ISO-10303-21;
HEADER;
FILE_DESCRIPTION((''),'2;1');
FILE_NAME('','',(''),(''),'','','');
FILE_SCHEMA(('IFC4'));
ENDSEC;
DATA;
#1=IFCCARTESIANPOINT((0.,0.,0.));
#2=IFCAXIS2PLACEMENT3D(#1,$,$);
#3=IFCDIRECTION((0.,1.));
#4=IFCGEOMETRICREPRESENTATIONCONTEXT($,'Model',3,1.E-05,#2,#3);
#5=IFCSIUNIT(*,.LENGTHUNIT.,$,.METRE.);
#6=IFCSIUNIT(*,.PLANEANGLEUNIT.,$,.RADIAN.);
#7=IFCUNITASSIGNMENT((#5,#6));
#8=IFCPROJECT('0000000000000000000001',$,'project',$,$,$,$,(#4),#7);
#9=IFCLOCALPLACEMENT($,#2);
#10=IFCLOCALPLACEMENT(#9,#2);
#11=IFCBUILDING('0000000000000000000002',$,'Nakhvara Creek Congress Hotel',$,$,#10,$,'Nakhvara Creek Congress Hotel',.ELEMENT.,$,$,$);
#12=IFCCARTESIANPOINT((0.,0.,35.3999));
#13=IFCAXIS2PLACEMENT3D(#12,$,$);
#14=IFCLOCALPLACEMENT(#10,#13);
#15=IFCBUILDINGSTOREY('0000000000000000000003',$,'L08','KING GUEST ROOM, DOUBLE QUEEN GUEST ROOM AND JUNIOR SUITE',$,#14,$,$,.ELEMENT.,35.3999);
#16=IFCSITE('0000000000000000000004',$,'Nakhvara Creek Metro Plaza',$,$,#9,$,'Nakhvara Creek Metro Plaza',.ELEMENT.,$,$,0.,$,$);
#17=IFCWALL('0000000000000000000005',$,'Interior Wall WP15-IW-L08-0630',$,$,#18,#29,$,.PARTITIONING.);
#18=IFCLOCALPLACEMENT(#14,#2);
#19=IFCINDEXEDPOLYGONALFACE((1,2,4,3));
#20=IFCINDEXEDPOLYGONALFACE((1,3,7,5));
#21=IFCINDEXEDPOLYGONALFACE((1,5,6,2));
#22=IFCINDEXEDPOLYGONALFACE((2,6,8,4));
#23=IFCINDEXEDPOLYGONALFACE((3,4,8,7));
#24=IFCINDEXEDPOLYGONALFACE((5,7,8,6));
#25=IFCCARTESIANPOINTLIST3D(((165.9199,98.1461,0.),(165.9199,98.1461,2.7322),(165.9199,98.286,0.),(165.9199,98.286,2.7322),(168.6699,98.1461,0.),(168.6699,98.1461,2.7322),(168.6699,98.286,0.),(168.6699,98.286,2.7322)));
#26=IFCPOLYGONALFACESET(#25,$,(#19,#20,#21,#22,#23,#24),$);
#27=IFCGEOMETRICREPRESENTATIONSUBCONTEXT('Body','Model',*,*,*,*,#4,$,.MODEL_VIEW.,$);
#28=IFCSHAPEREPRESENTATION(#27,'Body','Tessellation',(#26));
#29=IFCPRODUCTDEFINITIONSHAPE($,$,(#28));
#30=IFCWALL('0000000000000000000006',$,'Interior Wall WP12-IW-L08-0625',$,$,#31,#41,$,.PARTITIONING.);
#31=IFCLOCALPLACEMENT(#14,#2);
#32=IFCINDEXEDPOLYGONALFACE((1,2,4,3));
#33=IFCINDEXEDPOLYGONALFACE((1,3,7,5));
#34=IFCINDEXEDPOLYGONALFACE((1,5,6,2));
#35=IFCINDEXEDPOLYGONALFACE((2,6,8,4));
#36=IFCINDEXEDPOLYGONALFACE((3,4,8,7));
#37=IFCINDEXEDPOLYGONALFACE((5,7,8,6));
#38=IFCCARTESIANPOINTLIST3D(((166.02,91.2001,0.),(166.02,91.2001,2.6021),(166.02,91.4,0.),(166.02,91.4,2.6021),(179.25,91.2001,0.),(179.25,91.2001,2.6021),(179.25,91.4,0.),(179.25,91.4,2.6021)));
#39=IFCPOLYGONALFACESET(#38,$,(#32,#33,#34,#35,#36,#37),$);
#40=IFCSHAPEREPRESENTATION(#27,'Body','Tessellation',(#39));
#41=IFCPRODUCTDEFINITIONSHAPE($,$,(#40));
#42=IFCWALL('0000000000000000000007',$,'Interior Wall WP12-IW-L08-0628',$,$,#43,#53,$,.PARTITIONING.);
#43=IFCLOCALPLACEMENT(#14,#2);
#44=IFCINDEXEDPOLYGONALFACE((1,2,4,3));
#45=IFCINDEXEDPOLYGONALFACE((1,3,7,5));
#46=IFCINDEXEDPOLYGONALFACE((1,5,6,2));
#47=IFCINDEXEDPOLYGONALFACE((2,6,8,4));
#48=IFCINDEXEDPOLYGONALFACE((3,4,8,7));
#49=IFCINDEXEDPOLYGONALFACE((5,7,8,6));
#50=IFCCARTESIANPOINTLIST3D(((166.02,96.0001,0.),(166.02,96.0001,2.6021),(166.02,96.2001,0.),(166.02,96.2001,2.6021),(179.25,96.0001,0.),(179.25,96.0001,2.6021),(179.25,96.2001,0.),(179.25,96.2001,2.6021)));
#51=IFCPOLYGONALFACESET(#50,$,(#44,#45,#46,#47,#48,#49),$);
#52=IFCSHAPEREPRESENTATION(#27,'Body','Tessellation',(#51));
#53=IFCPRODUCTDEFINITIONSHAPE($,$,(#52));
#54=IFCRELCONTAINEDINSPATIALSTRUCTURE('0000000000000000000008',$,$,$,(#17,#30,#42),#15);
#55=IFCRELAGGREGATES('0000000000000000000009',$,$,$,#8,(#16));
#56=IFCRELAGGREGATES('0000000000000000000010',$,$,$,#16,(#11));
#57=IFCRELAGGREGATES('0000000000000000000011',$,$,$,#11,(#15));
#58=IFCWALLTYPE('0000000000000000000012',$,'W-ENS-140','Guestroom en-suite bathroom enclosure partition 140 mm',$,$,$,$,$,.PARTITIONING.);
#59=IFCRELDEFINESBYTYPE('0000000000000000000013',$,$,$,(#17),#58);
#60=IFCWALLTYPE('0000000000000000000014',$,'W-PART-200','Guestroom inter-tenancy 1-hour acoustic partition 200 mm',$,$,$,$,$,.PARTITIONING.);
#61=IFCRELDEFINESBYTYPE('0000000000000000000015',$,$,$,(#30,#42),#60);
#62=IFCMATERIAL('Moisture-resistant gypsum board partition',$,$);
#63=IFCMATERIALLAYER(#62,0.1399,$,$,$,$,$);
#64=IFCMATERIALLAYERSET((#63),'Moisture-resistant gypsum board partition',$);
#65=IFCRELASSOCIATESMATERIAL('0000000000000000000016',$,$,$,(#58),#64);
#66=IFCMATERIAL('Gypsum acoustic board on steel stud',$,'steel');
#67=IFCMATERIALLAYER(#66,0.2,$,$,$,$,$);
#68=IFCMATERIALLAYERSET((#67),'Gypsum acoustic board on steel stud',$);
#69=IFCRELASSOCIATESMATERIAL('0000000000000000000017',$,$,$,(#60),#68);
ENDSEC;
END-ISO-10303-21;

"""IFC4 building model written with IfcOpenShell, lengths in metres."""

from ifc_helpers import new_model, si_unit, direction, frame, frame_2d, origin, place, context, subcontext, project, spatial, rectangle, extrude, material, layer, layer_set, type_object, element, save


model = new_model("IFC4")

# Units and contexts
model_context = context("Model", 3, precision=1e-05, world=origin(), true_north=direction((0.0, 1.0)))
body_context = subcontext(model_context, "Body", "Model", "MODEL_VIEW")
ifc_project = project(units=[si_unit("LENGTHUNIT", "METRE"), si_unit("PLANEANGLEUNIT", "RADIAN")], contexts=[model_context])

# Site, building, storey
site_placement = place(None, origin())
site = spatial("IfcSite", under=ifc_project, at=site_placement, Name="Nakhvara Creek Metro Plaza", LongName="Nakhvara Creek Metro Plaza", CompositionType="ELEMENT", RefElevation=0.0)
building_placement = place(site_placement, origin())
building = spatial("IfcBuilding", under=site, at=building_placement, Name="Nakhvara Creek Congress Hotel", LongName="Nakhvara Creek Congress Hotel", CompositionType="ELEMENT")
storey_placement = place(building_placement, frame((0.0, 0.0, 35.3999)))
storey = spatial("IfcBuildingStorey", under=building, at=storey_placement, Name="L08", Description="KING GUEST ROOM, DOUBLE QUEEN GUEST ROOM AND JUNIOR SUITE", CompositionType="ELEMENT", Elevation=35.3999)

# Shared definitions
ifc_material_1 = material(Name="Gypsum acoustic board on steel stud", Category="steel")

# Shared definitions
ifc_material_2 = material(Name="Moisture-resistant gypsum board partition")
ifc_layer_1 = layer(ifc_material_2, 0.1399)
ifc_layer_set_1 = layer_set([ifc_layer_1], Name="Moisture-resistant gypsum board partition")
wall_type_1 = type_object("IfcWallType", Name="W-ENS-140", Description="Guestroom en-suite bathroom enclosure partition 140 mm", PredefinedType="PARTITIONING", material=ifc_layer_set_1)

# Walls
wall_1_placement = place(storey_placement, frame((165.9199, 98.2161, 0.0), z_axis=(0.0, 0.0, 1.0), x_axis=(1.0, 0.0, 0.0)))
element("IfcWall", 1, at=wall_1_placement, inside=storey, type_object=wall_type_1, Name="Interior Wall WP15-IW-L08-0630", PredefinedType="PARTITIONING", context=body_context, shape_type="SweptSolid", body=[
    extrude(rectangle(XDim=2.75, YDim=0.1399, at=frame_2d((1.375, 0.0))), origin(), (0.0, 0.0, 1.0), 2.7322),
])
ifc_layer_2 = layer(ifc_material_1, 0.2)
ifc_layer_set_2 = layer_set([ifc_layer_2], Name="Gypsum acoustic board on steel stud")
wall_type_2 = type_object("IfcWallType", Name="W-PART-200", Description="Guestroom inter-tenancy 1-hour acoustic partition 200 mm", PredefinedType="PARTITIONING", material=ifc_layer_set_2)
for number, where, z_axis, x_axis, name in (
    (2, (166.02, 91.3, 0.0), (0.0, 0.0, 1.0), (1.0, 0.0, 0.0), "Interior Wall WP12-IW-L08-0625"),
    (3, (166.02, 96.1001, 0.0), (0.0, 0.0, 1.0), (1.0, 0.0, 0.0), "Interior Wall WP12-IW-L08-0628"),
):
    element("IfcWall", number, at=place(storey_placement, frame(where, z_axis=z_axis, x_axis=x_axis)), inside=storey, type_object=wall_type_2, Name=name, PredefinedType="PARTITIONING", context=body_context, shape_type="SweptSolid", body=[
        extrude(rectangle(XDim=13.23, YDim=0.2, at=frame_2d((6.615, 0.0))), origin(), (0.0, 0.0, 1.0), 2.6021),
    ])

save(model, "model.ifc")
